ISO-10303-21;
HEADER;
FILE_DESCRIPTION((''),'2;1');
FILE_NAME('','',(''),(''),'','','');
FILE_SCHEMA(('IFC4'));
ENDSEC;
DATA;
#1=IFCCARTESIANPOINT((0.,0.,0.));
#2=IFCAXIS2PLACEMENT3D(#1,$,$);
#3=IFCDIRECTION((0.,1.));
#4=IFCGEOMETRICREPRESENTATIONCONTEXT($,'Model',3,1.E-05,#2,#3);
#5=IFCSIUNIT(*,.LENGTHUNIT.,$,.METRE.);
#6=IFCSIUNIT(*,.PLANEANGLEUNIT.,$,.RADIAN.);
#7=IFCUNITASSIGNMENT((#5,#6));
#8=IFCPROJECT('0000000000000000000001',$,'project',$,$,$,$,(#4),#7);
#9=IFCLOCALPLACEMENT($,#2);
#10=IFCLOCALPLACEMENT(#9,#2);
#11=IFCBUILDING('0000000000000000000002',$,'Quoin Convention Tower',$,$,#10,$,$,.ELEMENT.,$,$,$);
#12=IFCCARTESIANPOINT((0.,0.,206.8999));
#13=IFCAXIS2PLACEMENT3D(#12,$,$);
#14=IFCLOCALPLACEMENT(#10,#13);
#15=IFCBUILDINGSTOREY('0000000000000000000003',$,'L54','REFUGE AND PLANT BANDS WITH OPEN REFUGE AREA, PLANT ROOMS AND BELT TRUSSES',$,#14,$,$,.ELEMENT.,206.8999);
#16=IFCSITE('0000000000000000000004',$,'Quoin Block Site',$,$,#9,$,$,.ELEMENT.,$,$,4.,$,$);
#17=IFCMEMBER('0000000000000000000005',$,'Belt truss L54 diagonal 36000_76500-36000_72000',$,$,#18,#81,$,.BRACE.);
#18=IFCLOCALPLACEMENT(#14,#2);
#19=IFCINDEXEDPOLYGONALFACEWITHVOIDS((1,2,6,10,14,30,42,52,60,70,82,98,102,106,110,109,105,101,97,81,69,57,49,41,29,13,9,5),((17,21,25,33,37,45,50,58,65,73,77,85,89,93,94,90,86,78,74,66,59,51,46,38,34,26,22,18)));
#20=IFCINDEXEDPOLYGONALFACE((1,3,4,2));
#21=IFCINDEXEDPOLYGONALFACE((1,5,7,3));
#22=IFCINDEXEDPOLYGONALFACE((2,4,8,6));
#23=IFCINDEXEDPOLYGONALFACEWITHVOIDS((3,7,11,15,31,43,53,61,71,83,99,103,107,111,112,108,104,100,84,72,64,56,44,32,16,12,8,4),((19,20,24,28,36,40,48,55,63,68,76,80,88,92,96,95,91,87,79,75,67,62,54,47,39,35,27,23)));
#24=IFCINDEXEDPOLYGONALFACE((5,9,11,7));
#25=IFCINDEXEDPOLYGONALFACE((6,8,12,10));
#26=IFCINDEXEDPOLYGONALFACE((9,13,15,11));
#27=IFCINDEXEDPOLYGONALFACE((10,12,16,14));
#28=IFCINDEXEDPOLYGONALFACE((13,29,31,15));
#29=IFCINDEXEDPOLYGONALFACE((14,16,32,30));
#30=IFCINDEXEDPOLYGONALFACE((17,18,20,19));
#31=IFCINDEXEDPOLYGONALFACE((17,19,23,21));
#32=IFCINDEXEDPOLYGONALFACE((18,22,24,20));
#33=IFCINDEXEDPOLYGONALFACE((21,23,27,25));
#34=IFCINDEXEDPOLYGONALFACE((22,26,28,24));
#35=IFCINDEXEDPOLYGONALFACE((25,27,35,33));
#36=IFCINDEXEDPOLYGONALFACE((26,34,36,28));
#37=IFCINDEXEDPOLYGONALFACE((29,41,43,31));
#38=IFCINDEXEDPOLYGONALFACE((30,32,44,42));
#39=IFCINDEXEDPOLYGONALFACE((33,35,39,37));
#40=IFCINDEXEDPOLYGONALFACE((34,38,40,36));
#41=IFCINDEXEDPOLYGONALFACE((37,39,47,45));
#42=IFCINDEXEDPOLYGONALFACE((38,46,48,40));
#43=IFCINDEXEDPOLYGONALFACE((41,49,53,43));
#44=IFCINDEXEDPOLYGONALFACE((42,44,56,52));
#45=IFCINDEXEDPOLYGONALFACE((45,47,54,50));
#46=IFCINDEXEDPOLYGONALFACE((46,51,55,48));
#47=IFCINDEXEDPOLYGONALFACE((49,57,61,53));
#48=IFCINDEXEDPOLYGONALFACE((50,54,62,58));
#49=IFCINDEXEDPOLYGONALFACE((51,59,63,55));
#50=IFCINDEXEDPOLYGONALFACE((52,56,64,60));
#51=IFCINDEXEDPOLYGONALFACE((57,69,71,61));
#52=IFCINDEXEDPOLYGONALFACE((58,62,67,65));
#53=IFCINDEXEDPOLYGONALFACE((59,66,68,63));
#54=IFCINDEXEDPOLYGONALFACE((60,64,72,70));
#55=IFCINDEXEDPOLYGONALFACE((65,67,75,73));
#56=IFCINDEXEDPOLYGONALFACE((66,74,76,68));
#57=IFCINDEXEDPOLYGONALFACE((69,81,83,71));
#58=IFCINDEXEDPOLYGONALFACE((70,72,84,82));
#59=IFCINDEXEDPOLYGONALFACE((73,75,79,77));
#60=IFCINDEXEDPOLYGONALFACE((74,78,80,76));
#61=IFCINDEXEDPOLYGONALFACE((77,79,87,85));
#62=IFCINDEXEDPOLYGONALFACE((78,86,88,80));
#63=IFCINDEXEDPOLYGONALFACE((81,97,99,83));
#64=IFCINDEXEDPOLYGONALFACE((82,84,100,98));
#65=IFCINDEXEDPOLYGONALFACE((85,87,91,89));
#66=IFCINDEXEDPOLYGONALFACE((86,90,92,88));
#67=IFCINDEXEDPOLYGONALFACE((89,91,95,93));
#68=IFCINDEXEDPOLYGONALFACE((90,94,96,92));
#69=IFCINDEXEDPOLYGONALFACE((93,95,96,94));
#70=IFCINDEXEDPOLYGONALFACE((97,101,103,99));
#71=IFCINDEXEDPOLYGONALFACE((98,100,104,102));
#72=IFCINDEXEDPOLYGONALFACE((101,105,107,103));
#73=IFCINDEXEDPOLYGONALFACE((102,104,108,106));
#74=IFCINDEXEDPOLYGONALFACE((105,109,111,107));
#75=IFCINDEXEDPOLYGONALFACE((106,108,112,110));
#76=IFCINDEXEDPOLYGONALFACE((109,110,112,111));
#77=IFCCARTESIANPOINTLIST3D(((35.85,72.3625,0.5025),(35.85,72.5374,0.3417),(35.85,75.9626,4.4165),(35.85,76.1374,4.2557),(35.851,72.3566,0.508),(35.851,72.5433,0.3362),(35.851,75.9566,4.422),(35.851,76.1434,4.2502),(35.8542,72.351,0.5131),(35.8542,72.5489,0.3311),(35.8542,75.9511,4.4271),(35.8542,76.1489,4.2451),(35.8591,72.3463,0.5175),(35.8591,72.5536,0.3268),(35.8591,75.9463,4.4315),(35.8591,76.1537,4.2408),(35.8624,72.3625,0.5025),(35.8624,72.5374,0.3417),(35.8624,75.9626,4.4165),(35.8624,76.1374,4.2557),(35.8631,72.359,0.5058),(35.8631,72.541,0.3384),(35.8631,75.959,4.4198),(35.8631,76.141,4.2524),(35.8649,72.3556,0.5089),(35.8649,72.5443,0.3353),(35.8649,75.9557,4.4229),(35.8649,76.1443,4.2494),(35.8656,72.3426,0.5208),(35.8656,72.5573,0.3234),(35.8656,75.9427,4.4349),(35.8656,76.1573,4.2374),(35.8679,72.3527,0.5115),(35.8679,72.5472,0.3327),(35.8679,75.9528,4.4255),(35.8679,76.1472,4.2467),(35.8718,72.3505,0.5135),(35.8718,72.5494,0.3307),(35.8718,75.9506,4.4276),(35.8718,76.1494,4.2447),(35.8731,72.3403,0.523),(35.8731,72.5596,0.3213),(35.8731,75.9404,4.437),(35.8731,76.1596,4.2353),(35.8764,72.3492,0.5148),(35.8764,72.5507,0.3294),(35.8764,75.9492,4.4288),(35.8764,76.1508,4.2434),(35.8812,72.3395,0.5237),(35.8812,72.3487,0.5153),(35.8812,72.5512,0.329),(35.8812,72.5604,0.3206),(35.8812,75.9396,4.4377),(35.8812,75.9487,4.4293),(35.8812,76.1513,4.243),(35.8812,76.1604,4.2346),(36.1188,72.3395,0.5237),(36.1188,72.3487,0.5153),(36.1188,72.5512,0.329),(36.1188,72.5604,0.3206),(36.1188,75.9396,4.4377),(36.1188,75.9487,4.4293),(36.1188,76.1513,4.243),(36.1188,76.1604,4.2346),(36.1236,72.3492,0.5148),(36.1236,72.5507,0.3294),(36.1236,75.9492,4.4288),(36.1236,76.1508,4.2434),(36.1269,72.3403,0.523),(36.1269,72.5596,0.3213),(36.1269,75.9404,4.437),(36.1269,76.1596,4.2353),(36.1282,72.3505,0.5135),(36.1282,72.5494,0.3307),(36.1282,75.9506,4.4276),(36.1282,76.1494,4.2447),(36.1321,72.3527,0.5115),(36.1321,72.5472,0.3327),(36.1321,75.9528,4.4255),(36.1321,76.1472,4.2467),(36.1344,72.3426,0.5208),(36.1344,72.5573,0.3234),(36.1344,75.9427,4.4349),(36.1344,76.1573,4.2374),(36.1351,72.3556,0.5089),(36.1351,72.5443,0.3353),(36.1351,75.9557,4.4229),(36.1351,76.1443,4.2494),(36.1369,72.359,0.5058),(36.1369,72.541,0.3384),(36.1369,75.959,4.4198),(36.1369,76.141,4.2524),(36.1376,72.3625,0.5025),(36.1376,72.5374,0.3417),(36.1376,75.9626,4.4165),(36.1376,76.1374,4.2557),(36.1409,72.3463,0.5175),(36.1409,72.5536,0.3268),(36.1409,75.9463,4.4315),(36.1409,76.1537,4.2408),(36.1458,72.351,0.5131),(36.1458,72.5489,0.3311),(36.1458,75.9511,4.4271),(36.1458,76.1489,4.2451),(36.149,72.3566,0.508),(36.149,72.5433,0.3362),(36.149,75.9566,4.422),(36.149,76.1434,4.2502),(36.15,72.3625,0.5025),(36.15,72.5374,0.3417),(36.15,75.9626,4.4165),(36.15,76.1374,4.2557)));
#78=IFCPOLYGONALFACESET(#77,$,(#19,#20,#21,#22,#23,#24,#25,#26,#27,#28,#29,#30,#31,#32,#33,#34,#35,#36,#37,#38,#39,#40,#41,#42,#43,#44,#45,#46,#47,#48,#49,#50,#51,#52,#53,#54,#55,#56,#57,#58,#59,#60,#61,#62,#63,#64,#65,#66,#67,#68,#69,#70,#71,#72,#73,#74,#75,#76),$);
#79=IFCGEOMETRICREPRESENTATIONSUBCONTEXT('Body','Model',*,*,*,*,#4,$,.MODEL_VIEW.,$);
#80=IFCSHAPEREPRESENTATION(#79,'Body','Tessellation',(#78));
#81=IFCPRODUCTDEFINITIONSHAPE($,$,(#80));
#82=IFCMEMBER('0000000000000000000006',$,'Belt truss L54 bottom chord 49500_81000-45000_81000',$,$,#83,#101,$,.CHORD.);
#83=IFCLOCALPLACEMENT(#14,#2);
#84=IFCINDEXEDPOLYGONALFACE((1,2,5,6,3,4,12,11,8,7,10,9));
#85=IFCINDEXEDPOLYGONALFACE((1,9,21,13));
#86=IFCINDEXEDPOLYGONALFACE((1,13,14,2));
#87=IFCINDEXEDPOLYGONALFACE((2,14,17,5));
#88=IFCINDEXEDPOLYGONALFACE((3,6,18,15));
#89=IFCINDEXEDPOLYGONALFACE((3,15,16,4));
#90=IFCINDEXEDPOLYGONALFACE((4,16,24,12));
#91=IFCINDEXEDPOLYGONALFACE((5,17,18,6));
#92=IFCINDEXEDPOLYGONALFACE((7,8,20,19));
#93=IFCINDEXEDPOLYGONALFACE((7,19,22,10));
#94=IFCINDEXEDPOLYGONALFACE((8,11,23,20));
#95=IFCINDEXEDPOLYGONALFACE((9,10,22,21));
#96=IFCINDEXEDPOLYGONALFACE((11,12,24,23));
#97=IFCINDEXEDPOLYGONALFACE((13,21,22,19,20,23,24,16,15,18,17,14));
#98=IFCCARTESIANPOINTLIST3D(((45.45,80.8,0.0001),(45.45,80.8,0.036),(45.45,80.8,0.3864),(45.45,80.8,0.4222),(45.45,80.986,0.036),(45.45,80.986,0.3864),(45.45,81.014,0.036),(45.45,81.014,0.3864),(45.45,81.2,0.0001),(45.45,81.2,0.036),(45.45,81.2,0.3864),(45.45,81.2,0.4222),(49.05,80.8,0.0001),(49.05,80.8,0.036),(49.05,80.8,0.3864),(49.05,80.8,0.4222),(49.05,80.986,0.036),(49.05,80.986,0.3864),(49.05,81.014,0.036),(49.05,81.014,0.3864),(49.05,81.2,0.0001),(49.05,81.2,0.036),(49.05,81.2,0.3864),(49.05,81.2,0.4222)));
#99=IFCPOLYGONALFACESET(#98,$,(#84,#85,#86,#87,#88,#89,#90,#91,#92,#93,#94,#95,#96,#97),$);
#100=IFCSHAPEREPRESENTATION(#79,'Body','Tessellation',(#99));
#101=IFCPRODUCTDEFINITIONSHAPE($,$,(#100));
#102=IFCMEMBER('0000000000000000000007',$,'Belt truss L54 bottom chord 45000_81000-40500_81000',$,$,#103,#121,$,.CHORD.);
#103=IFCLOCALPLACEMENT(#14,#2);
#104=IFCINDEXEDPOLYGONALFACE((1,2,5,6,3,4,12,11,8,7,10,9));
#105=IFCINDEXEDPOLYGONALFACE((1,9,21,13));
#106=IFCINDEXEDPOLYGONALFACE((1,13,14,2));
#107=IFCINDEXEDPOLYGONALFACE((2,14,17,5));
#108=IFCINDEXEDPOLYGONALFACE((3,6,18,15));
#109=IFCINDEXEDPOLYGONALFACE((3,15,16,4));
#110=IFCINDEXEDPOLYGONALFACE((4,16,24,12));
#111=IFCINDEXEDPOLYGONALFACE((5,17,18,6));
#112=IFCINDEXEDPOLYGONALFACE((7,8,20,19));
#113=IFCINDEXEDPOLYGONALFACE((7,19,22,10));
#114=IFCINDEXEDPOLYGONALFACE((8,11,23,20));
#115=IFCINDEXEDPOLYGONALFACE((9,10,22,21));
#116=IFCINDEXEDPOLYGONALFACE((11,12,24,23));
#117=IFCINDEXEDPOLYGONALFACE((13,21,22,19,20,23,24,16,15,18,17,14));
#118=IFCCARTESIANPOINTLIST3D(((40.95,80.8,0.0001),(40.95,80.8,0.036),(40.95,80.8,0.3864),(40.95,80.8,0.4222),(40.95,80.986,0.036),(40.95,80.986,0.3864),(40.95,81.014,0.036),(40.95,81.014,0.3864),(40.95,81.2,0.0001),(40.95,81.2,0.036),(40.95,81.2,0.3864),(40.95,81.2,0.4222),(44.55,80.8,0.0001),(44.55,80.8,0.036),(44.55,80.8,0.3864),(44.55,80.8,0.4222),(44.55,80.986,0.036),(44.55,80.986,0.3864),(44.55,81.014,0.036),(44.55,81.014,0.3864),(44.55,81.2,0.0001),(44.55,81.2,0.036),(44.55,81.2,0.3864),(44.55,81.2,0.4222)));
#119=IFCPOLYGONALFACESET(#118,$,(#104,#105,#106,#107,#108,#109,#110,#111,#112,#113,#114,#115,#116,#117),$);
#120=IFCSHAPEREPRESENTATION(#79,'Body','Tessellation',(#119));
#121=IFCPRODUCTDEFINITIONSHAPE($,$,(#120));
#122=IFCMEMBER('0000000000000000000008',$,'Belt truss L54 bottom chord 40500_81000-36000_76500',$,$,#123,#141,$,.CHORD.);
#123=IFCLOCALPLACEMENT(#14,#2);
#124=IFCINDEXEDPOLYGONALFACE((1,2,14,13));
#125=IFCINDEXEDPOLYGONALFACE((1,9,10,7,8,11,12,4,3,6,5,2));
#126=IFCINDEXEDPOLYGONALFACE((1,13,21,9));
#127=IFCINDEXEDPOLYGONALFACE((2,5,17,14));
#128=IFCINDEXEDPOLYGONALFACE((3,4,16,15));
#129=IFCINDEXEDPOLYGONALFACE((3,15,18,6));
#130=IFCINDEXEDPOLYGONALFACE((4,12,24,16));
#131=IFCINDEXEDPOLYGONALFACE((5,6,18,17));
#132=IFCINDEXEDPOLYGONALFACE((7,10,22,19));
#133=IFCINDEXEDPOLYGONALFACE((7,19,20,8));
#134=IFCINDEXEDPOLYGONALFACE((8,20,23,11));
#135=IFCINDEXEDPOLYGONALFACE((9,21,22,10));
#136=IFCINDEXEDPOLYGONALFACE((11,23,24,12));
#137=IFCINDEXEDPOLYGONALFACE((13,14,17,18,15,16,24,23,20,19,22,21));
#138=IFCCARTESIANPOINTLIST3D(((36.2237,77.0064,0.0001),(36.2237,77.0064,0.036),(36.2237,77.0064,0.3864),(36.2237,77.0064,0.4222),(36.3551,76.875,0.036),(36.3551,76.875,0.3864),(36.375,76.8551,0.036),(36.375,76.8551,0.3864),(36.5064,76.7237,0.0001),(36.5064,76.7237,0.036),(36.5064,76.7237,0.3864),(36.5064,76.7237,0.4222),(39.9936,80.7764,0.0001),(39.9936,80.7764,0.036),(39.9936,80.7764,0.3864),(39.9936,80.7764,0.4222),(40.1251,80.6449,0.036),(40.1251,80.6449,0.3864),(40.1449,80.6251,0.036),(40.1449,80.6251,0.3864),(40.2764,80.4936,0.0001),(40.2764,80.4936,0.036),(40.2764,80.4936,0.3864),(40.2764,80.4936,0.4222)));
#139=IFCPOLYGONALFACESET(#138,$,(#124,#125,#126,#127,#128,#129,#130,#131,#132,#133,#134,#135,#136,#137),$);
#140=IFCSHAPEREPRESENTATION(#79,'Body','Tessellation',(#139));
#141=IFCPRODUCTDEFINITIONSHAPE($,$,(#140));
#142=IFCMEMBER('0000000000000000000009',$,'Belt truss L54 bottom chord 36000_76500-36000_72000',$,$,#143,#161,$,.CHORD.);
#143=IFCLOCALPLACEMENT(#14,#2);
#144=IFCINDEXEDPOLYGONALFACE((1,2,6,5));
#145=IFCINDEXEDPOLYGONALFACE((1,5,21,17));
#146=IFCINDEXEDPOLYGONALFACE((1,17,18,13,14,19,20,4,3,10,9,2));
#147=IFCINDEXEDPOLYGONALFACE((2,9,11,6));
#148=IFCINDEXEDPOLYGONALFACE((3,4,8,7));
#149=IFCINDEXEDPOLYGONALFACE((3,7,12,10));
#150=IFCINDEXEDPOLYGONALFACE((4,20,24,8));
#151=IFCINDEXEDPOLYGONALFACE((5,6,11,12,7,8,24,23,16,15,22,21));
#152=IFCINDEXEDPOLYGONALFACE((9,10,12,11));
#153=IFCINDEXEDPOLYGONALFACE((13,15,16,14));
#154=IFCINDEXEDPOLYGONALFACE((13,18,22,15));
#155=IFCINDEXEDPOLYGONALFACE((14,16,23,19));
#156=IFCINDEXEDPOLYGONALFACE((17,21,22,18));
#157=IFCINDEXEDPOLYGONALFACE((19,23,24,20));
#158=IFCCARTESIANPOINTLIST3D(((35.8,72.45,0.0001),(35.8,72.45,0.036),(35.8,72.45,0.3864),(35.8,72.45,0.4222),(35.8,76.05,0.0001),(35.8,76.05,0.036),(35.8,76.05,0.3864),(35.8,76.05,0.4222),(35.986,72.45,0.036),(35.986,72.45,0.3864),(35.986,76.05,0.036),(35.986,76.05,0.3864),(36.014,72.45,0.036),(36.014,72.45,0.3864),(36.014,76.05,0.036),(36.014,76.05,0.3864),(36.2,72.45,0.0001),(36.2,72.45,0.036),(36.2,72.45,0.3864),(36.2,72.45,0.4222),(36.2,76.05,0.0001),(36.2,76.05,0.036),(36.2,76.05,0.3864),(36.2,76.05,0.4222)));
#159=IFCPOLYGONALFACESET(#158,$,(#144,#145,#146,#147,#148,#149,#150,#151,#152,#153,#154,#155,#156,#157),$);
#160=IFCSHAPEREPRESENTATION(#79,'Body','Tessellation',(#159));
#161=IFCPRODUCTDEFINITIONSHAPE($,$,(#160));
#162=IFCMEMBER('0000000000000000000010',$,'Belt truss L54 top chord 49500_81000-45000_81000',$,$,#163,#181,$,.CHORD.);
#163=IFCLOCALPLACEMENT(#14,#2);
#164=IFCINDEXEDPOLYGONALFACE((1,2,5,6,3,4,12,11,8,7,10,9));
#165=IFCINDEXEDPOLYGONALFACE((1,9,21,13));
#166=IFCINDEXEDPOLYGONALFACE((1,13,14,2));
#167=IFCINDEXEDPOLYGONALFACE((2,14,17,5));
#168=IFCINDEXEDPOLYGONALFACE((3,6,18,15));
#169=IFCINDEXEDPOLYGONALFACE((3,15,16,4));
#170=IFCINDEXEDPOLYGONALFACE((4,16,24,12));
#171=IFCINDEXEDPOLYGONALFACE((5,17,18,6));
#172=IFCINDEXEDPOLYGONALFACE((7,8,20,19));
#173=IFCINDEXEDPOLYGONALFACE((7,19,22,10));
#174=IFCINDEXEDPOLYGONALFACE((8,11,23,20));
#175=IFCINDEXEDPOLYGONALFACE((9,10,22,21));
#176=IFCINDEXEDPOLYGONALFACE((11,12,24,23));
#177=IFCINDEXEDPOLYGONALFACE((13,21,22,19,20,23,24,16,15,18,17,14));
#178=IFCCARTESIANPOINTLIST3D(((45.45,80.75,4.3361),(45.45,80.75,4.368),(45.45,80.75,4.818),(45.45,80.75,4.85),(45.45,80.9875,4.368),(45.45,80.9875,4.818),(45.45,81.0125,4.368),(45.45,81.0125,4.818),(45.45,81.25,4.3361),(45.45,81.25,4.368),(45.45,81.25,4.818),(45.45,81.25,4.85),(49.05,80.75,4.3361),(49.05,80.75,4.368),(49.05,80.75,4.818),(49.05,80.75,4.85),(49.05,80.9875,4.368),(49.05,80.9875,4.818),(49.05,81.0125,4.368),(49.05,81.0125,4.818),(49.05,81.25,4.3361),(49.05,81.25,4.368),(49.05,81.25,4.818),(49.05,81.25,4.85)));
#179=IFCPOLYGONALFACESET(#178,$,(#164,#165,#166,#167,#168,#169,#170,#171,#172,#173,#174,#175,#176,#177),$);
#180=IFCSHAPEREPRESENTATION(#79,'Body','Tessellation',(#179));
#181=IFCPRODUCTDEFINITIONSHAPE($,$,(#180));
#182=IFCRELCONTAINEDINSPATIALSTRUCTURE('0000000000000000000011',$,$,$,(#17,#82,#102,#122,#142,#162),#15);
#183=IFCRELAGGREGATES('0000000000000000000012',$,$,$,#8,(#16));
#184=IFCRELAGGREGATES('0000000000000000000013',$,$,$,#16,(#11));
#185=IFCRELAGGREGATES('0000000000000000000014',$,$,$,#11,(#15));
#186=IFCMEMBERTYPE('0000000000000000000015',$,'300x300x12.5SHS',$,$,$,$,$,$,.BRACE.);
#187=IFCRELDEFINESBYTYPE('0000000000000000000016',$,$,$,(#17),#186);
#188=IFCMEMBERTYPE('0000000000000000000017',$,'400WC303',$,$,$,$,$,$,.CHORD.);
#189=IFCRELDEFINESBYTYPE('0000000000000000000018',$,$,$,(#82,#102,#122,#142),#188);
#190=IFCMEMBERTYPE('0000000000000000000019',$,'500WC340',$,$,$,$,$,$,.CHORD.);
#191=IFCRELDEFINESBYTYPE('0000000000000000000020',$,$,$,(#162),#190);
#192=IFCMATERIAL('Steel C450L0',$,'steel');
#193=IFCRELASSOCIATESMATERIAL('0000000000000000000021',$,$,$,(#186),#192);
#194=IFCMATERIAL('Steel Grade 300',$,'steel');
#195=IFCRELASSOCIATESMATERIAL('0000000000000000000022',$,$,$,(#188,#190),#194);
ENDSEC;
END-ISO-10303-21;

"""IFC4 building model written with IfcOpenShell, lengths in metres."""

from ifc_helpers import new_model, si_unit, direction, frame, origin, origin_2d, place, context, subcontext, project, spatial, hollow_rectangle, i_section, extrude, material, material_profile, profile_set, type_object, element, save


model = new_model("IFC4")

# Units and contexts
model_context = context("Model", 3, precision=1e-05, world=origin(), true_north=direction((0.0, 1.0)))
body_context = subcontext(model_context, "Body", "Model", "MODEL_VIEW")
ifc_project = project(units=[si_unit("LENGTHUNIT", "METRE"), si_unit("PLANEANGLEUNIT", "RADIAN")], contexts=[model_context])

# Site, building, storey
site_placement = place(None, origin())
site = spatial("IfcSite", under=ifc_project, at=site_placement, Name="Quoin Block Site", CompositionType="ELEMENT", RefElevation=4.0)
building_placement = place(site_placement, origin())
building = spatial("IfcBuilding", under=site, at=building_placement, Name="Quoin Convention Tower", CompositionType="ELEMENT")
storey_placement = place(building_placement, frame((0.0, 0.0, 206.8999)))
storey = spatial("IfcBuildingStorey", under=building, at=storey_placement, Name="L54", Description="REFUGE AND PLANT BANDS WITH OPEN REFUGE AREA, PLANT ROOMS AND BELT TRUSSES", CompositionType="ELEMENT", Elevation=206.8999)

# Members
ifc_material_1 = material(Name="Steel C450L0", Category="steel")
ifc_material_profile_1 = material_profile(ifc_material_1, hollow_rectangle(XDim=0.3, YDim=0.3, WallThickness=0.0125, InnerFilletRadius=0.0188, OuterFilletRadius=0.0312, at=origin_2d()), Name="300x300x12.5SHS")
ifc_profile_set_1 = profile_set([ifc_material_profile_1], Name="Steel C450L0")
member_type_1 = type_object("IfcMemberType", Name="300x300x12.5SHS", PredefinedType="BRACE", material=ifc_profile_set_1)
member_1_placement = place(storey_placement, frame((36.0, 72.45, 0.4221), z_axis=(0.0, 0.676971, 0.73601), x_axis=(-1.0, 0.0, 0.0)))
element("IfcMember", 1, at=member_1_placement, inside=storey, type_object=member_type_1, Name="Belt truss L54 diagonal 36000_76500-36000_72000", PredefinedType="BRACE", context=body_context, shape_type="SweptSolid", body=[
    extrude(hollow_rectangle(XDim=0.3, YDim=0.3, WallThickness=0.0125, InnerFilletRadius=0.0188, OuterFilletRadius=0.0312, at=origin_2d()), origin(), (0.0, 0.0, 1.0), 5.3179),
])
ifc_material_2 = material(Name="Steel Grade 300", Category="steel")
ifc_material_profile_2 = material_profile(ifc_material_2, i_section(OverallWidth=0.3999, OverallDepth=0.4221, WebThickness=0.0281, FlangeThickness=0.0359, at=origin_2d()), Name="400WC303")
ifc_profile_set_2 = profile_set([ifc_material_profile_2], Name="Steel Grade 300")
member_type_2 = type_object("IfcMemberType", Name="400WC303", PredefinedType="CHORD", material=ifc_profile_set_2)
for number, where, z_axis, x_axis, name in (
    (2, (49.05, 81.0, 0.2112), (-1.0, 0.0, 0.0), (0.0, -1.0, 0.0), "Belt truss L54 bottom chord 49500_81000-45000_81000"),
    (3, (44.55, 81.0, 0.2112), (-1.0, 0.0, 0.0), (0.0, -1.0, 0.0), "Belt truss L54 bottom chord 45000_81000-40500_81000"),
):
    element("IfcMember", number, at=place(storey_placement, frame(where, z_axis=z_axis, x_axis=x_axis)), inside=storey, type_object=member_type_2, Name=name, PredefinedType="CHORD", context=body_context, shape_type="SweptSolid", body=[
        extrude(i_section(OverallWidth=0.3999, OverallDepth=0.4221, WebThickness=0.0281, FlangeThickness=0.0359, at=origin_2d()), origin(), (0.0, 0.0, 1.0), 3.6001),
    ])
member_2_placement = place(storey_placement, frame((40.135, 80.635, 0.2112), z_axis=(-0.707107, -0.707107, 0.0), x_axis=(0.707107, -0.707107, 0.0)))
element("IfcMember", 4, at=member_2_placement, inside=storey, type_object=member_type_2, Name="Belt truss L54 bottom chord 40500_81000-36000_76500", PredefinedType="CHORD", context=body_context, shape_type="SweptSolid", body=[
    extrude(i_section(OverallWidth=0.3999, OverallDepth=0.4221, WebThickness=0.0281, FlangeThickness=0.0359, at=origin_2d()), origin(), (0.0, 0.0, 1.0), 5.3315),
])
member_3_placement = place(storey_placement, frame((36.0, 76.05, 0.2112), z_axis=(0.0, -1.0, 0.0), x_axis=(1.0, 0.0, 0.0)))
element("IfcMember", 5, at=member_3_placement, inside=storey, type_object=member_type_2, Name="Belt truss L54 bottom chord 36000_76500-36000_72000", PredefinedType="CHORD", context=body_context, shape_type="SweptSolid", body=[
    extrude(i_section(OverallWidth=0.3999, OverallDepth=0.4221, WebThickness=0.0281, FlangeThickness=0.0359, at=origin_2d()), origin(), (0.0, 0.0, 1.0), 3.6001),
])
ifc_material_profile_3 = material_profile(ifc_material_2, i_section(OverallWidth=0.5, OverallDepth=0.5139, WebThickness=0.0249, FlangeThickness=0.032, at=origin_2d()), Name="500WC340")
ifc_profile_set_3 = profile_set([ifc_material_profile_3], Name="Steel Grade 300")
member_type_3 = type_object("IfcMemberType", Name="500WC340", PredefinedType="CHORD", material=ifc_profile_set_3)
for number, where, z_axis, x_axis, name in (
    (6, (49.05, 81.0, 4.593), (-1.0, 0.0, 0.0), (0.0, -1.0, 0.0), "Belt truss L54 top chord 49500_81000-45000_81000"),
):
    element("IfcMember", number, at=place(storey_placement, frame(where, z_axis=z_axis, x_axis=x_axis)), inside=storey, type_object=member_type_3, Name=name, PredefinedType="CHORD", context=body_context, shape_type="SweptSolid", body=[
        extrude(i_section(OverallWidth=0.5, OverallDepth=0.5139, WebThickness=0.0249, FlangeThickness=0.032, at=origin_2d()), origin(), (0.0, 0.0, 1.0), 3.6001),
    ])

save(model, "model.ifc")
